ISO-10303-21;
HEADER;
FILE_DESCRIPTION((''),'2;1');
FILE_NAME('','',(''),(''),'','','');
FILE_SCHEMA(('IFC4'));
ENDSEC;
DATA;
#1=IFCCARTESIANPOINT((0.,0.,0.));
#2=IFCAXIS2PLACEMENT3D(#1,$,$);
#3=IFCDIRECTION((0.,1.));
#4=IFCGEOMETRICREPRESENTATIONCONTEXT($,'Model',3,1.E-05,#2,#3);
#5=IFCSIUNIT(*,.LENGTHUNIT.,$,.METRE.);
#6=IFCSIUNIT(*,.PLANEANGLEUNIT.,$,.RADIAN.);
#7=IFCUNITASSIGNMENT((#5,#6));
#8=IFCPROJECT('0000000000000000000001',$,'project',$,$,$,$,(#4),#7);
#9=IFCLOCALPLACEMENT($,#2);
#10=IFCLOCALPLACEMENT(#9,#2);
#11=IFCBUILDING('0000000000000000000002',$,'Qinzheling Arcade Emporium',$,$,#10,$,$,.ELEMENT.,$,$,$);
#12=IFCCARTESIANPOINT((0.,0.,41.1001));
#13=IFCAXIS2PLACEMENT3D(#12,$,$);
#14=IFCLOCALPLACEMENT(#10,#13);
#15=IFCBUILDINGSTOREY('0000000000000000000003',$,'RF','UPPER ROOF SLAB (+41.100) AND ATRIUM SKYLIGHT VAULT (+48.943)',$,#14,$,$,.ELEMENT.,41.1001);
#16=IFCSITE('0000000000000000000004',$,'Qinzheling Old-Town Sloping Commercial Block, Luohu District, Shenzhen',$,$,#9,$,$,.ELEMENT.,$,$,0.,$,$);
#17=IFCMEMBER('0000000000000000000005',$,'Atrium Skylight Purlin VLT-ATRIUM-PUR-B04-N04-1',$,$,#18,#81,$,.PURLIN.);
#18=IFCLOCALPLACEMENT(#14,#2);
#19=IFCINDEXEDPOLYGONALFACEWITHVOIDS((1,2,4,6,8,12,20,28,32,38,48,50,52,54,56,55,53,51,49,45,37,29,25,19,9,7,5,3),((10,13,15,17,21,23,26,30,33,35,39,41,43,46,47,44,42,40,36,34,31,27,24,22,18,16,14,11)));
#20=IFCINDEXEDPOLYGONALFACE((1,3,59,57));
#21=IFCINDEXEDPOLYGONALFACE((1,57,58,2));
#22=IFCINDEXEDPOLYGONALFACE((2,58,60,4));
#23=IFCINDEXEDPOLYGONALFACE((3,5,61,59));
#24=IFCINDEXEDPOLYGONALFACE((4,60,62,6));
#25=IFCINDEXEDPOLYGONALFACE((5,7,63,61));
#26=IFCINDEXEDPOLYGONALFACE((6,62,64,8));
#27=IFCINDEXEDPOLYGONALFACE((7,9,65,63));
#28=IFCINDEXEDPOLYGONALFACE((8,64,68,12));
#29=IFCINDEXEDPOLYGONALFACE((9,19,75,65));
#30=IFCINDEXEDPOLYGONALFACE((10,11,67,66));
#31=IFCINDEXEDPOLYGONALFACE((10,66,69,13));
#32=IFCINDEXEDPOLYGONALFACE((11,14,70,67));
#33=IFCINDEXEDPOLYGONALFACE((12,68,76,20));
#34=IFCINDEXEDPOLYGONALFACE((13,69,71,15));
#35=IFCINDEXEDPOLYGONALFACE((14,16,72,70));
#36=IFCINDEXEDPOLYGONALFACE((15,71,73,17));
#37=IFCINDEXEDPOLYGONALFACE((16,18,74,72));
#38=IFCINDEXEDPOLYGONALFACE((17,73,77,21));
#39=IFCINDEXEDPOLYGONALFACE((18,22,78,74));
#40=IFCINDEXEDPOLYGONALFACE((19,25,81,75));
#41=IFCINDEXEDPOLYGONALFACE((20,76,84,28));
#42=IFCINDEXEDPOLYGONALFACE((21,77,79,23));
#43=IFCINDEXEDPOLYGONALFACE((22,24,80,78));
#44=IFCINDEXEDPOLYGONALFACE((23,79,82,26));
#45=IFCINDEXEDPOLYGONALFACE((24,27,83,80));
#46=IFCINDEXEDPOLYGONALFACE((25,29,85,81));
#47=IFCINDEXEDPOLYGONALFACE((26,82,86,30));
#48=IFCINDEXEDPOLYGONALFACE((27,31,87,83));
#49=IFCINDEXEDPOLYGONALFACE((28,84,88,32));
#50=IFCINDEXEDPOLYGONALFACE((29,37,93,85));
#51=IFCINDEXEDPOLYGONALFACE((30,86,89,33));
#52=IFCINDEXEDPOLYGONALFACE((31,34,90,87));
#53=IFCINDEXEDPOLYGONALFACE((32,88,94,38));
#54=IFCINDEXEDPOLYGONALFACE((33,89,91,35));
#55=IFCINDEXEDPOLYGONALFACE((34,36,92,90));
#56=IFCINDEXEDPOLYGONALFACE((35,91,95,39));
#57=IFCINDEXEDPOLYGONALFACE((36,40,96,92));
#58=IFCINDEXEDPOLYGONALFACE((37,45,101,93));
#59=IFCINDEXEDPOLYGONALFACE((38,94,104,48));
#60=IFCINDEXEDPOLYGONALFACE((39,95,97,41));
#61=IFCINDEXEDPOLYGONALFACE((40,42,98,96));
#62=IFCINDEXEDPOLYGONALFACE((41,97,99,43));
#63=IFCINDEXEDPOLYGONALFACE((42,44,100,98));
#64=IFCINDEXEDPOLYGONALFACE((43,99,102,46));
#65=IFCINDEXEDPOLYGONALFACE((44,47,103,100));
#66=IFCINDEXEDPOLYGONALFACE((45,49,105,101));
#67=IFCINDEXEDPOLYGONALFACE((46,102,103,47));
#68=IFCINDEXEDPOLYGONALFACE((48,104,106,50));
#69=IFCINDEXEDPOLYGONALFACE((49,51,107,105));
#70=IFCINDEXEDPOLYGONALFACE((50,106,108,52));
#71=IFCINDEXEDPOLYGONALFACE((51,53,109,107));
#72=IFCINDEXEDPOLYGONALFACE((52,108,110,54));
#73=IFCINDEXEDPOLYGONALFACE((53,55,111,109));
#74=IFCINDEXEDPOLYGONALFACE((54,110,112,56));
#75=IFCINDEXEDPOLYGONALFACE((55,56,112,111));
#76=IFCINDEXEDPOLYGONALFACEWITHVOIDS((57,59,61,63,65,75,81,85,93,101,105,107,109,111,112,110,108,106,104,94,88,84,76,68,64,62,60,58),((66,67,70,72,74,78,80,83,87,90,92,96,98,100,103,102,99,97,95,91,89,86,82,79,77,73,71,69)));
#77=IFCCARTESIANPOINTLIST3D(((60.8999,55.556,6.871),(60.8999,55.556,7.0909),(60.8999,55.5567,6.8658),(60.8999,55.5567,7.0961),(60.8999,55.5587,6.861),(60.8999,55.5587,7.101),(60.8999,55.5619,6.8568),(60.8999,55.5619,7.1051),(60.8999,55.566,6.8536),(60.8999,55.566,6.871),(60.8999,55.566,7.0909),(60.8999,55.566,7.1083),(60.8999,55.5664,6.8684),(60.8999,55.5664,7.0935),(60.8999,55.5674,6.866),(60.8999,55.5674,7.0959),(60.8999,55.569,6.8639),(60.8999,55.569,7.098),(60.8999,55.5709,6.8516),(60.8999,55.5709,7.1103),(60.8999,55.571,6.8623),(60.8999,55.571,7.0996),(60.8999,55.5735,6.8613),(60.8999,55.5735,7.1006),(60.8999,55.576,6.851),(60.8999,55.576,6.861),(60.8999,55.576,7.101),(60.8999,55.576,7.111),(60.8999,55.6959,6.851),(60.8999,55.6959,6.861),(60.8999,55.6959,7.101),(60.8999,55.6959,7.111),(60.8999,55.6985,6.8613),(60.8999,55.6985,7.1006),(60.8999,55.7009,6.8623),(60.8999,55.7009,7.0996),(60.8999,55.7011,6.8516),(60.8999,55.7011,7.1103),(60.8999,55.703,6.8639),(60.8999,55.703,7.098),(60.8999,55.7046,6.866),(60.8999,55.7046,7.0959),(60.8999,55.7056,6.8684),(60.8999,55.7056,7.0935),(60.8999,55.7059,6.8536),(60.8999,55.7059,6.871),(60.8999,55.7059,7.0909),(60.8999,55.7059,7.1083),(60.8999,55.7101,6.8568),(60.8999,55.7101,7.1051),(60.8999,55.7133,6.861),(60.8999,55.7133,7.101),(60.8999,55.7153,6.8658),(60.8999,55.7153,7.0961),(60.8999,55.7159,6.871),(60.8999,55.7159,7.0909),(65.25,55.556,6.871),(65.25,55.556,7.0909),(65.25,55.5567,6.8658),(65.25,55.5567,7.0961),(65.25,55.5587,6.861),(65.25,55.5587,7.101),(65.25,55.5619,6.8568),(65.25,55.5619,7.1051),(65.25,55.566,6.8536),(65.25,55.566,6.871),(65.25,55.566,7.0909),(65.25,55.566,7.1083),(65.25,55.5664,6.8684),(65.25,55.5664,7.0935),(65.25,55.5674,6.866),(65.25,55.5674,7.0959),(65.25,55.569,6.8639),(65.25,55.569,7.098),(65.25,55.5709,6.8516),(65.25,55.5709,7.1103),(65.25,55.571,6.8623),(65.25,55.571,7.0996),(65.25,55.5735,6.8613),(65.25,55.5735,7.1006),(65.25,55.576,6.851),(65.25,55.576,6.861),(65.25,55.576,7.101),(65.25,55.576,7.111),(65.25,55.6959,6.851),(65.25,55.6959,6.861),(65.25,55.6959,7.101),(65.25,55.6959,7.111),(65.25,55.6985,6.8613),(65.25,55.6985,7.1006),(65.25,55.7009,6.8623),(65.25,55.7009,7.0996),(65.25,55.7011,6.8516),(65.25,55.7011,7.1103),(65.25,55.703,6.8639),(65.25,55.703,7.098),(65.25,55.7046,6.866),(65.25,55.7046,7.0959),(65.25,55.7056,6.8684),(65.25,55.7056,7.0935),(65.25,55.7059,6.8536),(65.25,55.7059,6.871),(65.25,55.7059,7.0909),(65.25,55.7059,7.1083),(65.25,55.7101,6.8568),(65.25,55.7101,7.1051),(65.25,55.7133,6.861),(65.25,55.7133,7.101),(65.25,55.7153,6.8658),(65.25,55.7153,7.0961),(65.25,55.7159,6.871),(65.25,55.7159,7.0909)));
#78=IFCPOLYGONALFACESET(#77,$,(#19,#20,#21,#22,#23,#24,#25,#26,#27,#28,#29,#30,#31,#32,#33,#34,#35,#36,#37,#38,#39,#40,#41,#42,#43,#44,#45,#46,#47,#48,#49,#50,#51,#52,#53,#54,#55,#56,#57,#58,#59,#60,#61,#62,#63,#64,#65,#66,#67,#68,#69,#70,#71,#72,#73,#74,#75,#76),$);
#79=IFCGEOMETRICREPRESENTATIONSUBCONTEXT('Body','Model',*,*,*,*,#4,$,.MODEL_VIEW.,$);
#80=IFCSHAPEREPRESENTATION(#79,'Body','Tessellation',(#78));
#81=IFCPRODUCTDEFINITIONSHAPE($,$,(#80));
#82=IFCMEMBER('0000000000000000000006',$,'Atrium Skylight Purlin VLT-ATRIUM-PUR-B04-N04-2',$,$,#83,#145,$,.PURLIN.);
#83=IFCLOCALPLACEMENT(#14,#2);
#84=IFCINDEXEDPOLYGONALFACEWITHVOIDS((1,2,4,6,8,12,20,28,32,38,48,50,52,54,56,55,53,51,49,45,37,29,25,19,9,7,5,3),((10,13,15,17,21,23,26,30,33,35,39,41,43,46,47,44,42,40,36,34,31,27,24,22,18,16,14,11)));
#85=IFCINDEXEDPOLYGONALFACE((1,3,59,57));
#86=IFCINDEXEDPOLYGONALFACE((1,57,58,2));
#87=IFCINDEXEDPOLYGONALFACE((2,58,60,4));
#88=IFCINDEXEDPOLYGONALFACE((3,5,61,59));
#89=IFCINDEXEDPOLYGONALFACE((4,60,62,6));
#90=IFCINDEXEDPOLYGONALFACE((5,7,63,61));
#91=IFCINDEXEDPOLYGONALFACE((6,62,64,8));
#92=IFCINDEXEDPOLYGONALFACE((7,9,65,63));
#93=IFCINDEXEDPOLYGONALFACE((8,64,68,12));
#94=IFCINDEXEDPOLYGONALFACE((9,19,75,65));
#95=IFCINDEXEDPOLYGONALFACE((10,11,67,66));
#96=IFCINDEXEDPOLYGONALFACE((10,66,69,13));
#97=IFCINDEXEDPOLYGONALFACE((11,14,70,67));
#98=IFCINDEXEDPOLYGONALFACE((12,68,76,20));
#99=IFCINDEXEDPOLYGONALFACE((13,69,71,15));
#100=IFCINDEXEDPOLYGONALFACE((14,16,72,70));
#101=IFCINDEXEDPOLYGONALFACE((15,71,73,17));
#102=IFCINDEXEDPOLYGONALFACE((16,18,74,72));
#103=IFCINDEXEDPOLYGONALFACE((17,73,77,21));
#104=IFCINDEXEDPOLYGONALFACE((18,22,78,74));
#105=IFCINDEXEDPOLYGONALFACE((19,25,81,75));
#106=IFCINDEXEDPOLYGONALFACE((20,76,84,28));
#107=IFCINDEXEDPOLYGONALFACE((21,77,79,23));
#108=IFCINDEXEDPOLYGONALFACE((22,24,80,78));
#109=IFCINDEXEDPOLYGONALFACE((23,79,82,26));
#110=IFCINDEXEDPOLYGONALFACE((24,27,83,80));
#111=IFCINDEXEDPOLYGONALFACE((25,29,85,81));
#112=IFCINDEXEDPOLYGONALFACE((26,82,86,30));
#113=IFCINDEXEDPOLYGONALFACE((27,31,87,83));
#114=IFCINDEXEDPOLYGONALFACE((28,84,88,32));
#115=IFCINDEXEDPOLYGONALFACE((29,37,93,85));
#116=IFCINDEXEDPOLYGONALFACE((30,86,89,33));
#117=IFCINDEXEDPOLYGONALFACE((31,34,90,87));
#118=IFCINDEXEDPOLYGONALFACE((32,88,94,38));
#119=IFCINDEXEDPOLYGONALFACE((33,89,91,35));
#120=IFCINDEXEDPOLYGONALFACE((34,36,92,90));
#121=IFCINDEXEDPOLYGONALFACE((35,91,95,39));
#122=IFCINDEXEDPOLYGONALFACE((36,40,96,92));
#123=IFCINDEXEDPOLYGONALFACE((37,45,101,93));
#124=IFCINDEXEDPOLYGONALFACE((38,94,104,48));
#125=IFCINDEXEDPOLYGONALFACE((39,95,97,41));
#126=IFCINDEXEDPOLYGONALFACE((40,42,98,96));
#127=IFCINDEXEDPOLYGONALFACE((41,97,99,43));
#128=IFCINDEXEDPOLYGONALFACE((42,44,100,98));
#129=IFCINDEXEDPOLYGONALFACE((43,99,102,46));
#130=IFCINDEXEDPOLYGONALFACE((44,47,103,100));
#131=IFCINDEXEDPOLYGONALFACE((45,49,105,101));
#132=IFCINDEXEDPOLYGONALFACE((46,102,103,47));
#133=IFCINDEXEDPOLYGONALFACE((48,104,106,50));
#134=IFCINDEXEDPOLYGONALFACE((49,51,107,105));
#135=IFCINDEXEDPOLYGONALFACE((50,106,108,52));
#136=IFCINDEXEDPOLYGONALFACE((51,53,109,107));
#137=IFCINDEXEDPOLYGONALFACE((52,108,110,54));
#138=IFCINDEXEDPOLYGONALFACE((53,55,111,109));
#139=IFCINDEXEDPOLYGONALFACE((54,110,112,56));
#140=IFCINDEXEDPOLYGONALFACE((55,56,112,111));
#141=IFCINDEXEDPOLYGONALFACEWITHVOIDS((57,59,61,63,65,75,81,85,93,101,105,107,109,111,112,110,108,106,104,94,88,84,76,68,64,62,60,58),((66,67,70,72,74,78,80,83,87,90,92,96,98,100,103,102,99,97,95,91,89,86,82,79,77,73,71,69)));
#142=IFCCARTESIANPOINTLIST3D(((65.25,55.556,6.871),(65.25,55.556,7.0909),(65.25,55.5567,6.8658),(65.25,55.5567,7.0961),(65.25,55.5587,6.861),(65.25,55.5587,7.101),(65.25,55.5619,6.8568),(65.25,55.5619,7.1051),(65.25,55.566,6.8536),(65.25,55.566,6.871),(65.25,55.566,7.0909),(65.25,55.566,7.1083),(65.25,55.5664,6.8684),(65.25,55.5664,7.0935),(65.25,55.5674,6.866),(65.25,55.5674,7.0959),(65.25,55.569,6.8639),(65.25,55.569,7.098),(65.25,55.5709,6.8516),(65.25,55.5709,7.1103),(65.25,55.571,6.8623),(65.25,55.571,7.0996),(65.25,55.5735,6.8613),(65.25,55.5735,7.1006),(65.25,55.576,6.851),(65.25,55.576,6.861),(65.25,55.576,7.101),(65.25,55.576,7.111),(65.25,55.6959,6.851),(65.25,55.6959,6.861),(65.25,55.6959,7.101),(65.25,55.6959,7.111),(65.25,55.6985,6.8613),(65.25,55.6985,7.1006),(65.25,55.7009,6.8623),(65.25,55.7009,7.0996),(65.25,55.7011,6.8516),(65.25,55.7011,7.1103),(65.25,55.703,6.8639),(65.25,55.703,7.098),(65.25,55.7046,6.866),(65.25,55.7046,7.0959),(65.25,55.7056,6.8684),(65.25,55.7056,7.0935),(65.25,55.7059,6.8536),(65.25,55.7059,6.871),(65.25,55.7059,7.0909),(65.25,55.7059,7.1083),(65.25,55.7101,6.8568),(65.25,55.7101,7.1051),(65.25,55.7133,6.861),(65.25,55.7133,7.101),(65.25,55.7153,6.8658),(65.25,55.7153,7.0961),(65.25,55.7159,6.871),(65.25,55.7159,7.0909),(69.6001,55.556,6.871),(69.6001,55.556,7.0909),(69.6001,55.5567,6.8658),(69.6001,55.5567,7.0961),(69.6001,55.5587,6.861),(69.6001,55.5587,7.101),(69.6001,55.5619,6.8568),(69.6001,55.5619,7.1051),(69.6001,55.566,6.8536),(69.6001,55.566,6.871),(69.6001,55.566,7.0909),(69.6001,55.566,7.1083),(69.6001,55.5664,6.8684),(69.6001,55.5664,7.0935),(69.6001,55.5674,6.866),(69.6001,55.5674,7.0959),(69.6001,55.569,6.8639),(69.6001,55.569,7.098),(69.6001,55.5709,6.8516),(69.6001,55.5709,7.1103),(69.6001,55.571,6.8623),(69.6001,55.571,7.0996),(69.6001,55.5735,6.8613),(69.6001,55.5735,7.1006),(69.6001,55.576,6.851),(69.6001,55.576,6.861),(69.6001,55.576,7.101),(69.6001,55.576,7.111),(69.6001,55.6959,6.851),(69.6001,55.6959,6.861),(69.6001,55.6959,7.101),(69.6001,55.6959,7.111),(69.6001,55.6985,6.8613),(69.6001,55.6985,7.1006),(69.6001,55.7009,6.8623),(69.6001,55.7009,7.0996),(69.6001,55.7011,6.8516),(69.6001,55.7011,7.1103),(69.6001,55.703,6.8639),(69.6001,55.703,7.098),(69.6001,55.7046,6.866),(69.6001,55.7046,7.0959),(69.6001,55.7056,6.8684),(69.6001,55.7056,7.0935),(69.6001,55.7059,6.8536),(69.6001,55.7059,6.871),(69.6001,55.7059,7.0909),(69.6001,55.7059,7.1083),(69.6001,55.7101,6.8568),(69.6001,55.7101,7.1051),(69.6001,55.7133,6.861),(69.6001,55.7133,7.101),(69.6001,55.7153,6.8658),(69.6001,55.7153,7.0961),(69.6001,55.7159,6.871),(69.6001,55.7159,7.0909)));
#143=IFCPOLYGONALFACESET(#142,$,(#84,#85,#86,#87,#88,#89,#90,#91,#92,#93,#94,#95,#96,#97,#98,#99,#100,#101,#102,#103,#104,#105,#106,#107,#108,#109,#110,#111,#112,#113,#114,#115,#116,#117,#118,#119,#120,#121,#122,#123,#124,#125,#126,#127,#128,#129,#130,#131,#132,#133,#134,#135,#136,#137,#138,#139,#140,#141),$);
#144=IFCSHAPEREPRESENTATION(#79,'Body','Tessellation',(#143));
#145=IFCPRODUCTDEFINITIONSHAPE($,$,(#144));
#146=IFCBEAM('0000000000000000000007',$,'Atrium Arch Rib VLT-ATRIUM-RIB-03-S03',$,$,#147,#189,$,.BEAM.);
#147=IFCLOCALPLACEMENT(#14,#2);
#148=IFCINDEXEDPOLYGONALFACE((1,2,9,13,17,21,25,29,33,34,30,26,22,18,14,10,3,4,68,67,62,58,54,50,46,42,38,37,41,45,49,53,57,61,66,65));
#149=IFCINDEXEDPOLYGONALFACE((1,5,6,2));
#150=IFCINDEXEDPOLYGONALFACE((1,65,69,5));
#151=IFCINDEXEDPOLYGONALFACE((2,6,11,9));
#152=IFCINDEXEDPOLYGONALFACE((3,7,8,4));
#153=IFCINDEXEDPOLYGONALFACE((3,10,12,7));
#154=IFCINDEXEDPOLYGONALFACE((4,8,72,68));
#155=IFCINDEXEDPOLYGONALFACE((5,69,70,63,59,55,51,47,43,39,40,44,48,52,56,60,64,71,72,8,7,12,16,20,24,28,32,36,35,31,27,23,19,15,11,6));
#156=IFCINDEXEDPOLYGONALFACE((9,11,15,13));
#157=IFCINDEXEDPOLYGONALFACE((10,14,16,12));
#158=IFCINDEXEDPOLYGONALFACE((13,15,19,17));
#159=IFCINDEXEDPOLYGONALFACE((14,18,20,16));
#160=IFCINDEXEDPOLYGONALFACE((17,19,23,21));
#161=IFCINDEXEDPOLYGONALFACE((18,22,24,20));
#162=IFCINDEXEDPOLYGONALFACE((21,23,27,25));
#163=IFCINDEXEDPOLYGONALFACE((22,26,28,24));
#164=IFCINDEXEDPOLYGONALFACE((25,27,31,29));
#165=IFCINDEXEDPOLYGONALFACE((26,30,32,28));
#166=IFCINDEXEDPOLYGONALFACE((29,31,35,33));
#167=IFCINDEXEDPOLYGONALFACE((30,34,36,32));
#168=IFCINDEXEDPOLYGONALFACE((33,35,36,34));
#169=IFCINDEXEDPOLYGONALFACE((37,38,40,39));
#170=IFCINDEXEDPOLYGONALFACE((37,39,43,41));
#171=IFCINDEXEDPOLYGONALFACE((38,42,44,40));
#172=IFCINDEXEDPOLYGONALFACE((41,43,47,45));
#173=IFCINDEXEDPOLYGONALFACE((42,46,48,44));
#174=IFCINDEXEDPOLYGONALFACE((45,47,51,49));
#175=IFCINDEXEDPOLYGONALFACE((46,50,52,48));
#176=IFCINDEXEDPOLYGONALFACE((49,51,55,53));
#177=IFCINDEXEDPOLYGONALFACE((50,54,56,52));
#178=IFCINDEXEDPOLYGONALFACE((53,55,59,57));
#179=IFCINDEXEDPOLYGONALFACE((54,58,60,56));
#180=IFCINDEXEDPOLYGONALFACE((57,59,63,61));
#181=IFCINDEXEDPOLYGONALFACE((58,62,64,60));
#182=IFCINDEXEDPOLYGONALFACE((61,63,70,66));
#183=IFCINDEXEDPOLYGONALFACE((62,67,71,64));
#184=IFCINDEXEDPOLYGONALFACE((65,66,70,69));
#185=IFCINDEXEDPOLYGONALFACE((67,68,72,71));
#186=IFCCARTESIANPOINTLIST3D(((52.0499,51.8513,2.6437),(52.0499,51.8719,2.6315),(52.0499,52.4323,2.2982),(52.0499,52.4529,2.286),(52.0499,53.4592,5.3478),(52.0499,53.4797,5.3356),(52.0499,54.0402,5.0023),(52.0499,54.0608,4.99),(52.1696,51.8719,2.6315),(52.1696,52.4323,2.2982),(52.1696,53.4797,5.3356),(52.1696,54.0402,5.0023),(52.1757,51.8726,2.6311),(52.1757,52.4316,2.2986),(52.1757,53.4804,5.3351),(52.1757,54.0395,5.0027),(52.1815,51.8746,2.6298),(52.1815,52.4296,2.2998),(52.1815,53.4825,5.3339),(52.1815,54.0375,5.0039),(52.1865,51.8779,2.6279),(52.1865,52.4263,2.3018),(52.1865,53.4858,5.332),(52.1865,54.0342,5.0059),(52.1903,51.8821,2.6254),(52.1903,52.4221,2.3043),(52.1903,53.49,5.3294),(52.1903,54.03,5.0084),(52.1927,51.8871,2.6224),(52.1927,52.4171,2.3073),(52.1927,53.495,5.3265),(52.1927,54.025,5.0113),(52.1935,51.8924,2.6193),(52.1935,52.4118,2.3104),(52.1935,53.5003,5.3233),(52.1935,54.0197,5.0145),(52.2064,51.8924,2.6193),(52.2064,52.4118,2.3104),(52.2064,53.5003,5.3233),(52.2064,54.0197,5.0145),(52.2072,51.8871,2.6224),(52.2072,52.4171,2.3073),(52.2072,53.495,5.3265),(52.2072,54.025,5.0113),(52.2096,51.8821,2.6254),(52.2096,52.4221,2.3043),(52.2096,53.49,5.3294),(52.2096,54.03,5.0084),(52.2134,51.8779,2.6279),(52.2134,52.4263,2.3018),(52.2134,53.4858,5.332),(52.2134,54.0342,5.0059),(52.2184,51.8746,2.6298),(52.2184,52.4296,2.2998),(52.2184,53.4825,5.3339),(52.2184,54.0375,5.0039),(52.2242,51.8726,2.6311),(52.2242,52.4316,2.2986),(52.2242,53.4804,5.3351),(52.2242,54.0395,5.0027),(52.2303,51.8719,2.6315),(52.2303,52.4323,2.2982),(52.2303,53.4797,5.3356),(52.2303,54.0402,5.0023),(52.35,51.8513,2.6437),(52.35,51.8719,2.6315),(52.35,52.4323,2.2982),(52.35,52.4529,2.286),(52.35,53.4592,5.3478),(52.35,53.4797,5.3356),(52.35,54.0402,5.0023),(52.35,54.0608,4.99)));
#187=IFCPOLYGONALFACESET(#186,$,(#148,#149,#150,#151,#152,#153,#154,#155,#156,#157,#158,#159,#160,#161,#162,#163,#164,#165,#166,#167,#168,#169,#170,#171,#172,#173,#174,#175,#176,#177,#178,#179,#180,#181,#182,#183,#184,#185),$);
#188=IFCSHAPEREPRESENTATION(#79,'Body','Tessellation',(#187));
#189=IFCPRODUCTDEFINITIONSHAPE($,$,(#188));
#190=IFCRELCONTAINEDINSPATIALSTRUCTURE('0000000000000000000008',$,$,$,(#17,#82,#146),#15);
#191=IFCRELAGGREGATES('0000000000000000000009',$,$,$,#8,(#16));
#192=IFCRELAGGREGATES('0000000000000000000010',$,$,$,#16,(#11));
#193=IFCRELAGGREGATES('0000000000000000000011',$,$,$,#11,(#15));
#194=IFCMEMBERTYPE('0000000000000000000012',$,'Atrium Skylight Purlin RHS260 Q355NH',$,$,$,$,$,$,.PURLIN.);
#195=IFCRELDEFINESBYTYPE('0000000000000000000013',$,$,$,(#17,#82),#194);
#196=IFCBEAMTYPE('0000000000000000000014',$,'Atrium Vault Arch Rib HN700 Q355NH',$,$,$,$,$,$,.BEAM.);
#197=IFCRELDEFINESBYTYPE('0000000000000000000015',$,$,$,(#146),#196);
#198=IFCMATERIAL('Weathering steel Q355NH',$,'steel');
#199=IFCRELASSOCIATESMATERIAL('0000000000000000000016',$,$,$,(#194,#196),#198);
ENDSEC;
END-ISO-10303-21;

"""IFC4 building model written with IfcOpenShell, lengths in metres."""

from ifc_helpers import new_model, si_unit, direction, frame, origin, origin_2d, place, context, subcontext, project, spatial, hollow_rectangle, i_section, extrude, material, material_profile, profile_set, type_object, element, save


model = new_model("IFC4")

# Units and contexts
model_context = context("Model", 3, precision=1e-05, world=origin(), true_north=direction((0.0, 1.0)))
body_context = subcontext(model_context, "Body", "Model", "MODEL_VIEW")
ifc_project = project(units=[si_unit("LENGTHUNIT", "METRE"), si_unit("PLANEANGLEUNIT", "RADIAN")], contexts=[model_context])

# Site, building, storey
site_placement = place(None, origin())
site = spatial("IfcSite", under=ifc_project, at=site_placement, Name="Qinzheling Old-Town Sloping Commercial Block, Luohu District, Shenzhen", CompositionType="ELEMENT", RefElevation=0.0)
building_placement = place(site_placement, origin())
building = spatial("IfcBuilding", under=site, at=building_placement, Name="Qinzheling Arcade Emporium", CompositionType="ELEMENT")
storey_placement = place(building_placement, frame((0.0, 0.0, 41.1001)))
storey = spatial("IfcBuildingStorey", under=building, at=storey_placement, Name="RF", Description="UPPER ROOF SLAB (+41.100) AND ATRIUM SKYLIGHT VAULT (+48.943)", CompositionType="ELEMENT", Elevation=41.1001)

# Shared definitions
ifc_material_1 = material(Name="Weathering steel Q355NH", Category="steel")

# Members
ifc_material_profile_1 = material_profile(ifc_material_1, hollow_rectangle(XDim=0.1599, YDim=0.26, WallThickness=0.01, InnerFilletRadius=0.01, OuterFilletRadius=0.02, at=origin_2d()), Name="RHS 260x160x10", Category="steel")
ifc_profile_set_1 = profile_set([ifc_material_profile_1], Name="Weathering steel Q355NH")
member_type = type_object("IfcMemberType", Name="Atrium Skylight Purlin RHS260 Q355NH", PredefinedType="PURLIN", material=ifc_profile_set_1)
for number, where, z_axis, x_axis, name in (
    (1, (60.8999, 55.636, 6.981), (1.0, 0.0, 0.0), (0.0, 1.0, 0.0), "Atrium Skylight Purlin VLT-ATRIUM-PUR-B04-N04-1"),
    (2, (65.25, 55.636, 6.981), (1.0, 0.0, 0.0), (0.0, 1.0, 0.0), "Atrium Skylight Purlin VLT-ATRIUM-PUR-B04-N04-2"),
):
    element("IfcMember", number, at=place(storey_placement, frame(where, z_axis=z_axis, x_axis=x_axis)), inside=storey, type_object=member_type, Name=name, PredefinedType="PURLIN", context=body_context, shape_type="SweptSolid", body=[
        extrude(hollow_rectangle(XDim=0.1599, YDim=0.26, WallThickness=0.01, InnerFilletRadius=0.01, OuterFilletRadius=0.02, at=origin_2d()), origin(), (0.0, 0.0, 1.0), 4.3501),
    ])

# Beam
ifc_material_profile_2 = material_profile(ifc_material_1, i_section(OverallWidth=0.3, OverallDepth=0.7, WebThickness=0.0129, FlangeThickness=0.0239, FilletRadius=0.0239, at=origin_2d()), Name="HN 700x300x13x24", Category="steel")
ifc_profile_set_2 = profile_set([ifc_material_profile_2], Name="Weathering steel Q355NH")
beam_type_1 = type_object("IfcBeamType", Name="Atrium Vault Arch Rib HN700 Q355NH", PredefinedType="BEAM", material=ifc_profile_set_2)
beam_1_placement = place(storey_placement, frame((52.2, 52.1521, 2.4648), z_axis=(0.0, 0.511091, 0.859527), x_axis=(-1.0, 0.0, 0.0)))
element("IfcBeam", 3, at=beam_1_placement, inside=storey, type_object=beam_type_1, Name="Atrium Arch Rib VLT-ATRIUM-RIB-03-S03", PredefinedType="BEAM", context=body_context, shape_type="SweptSolid", body=[
    extrude(i_section(OverallWidth=0.3, OverallDepth=0.7, WebThickness=0.0129, FlangeThickness=0.0239, FilletRadius=0.0239, at=origin_2d()), origin(), (0.0, 0.0, 1.0), 3.146),
])

save(model, "model.ifc")
